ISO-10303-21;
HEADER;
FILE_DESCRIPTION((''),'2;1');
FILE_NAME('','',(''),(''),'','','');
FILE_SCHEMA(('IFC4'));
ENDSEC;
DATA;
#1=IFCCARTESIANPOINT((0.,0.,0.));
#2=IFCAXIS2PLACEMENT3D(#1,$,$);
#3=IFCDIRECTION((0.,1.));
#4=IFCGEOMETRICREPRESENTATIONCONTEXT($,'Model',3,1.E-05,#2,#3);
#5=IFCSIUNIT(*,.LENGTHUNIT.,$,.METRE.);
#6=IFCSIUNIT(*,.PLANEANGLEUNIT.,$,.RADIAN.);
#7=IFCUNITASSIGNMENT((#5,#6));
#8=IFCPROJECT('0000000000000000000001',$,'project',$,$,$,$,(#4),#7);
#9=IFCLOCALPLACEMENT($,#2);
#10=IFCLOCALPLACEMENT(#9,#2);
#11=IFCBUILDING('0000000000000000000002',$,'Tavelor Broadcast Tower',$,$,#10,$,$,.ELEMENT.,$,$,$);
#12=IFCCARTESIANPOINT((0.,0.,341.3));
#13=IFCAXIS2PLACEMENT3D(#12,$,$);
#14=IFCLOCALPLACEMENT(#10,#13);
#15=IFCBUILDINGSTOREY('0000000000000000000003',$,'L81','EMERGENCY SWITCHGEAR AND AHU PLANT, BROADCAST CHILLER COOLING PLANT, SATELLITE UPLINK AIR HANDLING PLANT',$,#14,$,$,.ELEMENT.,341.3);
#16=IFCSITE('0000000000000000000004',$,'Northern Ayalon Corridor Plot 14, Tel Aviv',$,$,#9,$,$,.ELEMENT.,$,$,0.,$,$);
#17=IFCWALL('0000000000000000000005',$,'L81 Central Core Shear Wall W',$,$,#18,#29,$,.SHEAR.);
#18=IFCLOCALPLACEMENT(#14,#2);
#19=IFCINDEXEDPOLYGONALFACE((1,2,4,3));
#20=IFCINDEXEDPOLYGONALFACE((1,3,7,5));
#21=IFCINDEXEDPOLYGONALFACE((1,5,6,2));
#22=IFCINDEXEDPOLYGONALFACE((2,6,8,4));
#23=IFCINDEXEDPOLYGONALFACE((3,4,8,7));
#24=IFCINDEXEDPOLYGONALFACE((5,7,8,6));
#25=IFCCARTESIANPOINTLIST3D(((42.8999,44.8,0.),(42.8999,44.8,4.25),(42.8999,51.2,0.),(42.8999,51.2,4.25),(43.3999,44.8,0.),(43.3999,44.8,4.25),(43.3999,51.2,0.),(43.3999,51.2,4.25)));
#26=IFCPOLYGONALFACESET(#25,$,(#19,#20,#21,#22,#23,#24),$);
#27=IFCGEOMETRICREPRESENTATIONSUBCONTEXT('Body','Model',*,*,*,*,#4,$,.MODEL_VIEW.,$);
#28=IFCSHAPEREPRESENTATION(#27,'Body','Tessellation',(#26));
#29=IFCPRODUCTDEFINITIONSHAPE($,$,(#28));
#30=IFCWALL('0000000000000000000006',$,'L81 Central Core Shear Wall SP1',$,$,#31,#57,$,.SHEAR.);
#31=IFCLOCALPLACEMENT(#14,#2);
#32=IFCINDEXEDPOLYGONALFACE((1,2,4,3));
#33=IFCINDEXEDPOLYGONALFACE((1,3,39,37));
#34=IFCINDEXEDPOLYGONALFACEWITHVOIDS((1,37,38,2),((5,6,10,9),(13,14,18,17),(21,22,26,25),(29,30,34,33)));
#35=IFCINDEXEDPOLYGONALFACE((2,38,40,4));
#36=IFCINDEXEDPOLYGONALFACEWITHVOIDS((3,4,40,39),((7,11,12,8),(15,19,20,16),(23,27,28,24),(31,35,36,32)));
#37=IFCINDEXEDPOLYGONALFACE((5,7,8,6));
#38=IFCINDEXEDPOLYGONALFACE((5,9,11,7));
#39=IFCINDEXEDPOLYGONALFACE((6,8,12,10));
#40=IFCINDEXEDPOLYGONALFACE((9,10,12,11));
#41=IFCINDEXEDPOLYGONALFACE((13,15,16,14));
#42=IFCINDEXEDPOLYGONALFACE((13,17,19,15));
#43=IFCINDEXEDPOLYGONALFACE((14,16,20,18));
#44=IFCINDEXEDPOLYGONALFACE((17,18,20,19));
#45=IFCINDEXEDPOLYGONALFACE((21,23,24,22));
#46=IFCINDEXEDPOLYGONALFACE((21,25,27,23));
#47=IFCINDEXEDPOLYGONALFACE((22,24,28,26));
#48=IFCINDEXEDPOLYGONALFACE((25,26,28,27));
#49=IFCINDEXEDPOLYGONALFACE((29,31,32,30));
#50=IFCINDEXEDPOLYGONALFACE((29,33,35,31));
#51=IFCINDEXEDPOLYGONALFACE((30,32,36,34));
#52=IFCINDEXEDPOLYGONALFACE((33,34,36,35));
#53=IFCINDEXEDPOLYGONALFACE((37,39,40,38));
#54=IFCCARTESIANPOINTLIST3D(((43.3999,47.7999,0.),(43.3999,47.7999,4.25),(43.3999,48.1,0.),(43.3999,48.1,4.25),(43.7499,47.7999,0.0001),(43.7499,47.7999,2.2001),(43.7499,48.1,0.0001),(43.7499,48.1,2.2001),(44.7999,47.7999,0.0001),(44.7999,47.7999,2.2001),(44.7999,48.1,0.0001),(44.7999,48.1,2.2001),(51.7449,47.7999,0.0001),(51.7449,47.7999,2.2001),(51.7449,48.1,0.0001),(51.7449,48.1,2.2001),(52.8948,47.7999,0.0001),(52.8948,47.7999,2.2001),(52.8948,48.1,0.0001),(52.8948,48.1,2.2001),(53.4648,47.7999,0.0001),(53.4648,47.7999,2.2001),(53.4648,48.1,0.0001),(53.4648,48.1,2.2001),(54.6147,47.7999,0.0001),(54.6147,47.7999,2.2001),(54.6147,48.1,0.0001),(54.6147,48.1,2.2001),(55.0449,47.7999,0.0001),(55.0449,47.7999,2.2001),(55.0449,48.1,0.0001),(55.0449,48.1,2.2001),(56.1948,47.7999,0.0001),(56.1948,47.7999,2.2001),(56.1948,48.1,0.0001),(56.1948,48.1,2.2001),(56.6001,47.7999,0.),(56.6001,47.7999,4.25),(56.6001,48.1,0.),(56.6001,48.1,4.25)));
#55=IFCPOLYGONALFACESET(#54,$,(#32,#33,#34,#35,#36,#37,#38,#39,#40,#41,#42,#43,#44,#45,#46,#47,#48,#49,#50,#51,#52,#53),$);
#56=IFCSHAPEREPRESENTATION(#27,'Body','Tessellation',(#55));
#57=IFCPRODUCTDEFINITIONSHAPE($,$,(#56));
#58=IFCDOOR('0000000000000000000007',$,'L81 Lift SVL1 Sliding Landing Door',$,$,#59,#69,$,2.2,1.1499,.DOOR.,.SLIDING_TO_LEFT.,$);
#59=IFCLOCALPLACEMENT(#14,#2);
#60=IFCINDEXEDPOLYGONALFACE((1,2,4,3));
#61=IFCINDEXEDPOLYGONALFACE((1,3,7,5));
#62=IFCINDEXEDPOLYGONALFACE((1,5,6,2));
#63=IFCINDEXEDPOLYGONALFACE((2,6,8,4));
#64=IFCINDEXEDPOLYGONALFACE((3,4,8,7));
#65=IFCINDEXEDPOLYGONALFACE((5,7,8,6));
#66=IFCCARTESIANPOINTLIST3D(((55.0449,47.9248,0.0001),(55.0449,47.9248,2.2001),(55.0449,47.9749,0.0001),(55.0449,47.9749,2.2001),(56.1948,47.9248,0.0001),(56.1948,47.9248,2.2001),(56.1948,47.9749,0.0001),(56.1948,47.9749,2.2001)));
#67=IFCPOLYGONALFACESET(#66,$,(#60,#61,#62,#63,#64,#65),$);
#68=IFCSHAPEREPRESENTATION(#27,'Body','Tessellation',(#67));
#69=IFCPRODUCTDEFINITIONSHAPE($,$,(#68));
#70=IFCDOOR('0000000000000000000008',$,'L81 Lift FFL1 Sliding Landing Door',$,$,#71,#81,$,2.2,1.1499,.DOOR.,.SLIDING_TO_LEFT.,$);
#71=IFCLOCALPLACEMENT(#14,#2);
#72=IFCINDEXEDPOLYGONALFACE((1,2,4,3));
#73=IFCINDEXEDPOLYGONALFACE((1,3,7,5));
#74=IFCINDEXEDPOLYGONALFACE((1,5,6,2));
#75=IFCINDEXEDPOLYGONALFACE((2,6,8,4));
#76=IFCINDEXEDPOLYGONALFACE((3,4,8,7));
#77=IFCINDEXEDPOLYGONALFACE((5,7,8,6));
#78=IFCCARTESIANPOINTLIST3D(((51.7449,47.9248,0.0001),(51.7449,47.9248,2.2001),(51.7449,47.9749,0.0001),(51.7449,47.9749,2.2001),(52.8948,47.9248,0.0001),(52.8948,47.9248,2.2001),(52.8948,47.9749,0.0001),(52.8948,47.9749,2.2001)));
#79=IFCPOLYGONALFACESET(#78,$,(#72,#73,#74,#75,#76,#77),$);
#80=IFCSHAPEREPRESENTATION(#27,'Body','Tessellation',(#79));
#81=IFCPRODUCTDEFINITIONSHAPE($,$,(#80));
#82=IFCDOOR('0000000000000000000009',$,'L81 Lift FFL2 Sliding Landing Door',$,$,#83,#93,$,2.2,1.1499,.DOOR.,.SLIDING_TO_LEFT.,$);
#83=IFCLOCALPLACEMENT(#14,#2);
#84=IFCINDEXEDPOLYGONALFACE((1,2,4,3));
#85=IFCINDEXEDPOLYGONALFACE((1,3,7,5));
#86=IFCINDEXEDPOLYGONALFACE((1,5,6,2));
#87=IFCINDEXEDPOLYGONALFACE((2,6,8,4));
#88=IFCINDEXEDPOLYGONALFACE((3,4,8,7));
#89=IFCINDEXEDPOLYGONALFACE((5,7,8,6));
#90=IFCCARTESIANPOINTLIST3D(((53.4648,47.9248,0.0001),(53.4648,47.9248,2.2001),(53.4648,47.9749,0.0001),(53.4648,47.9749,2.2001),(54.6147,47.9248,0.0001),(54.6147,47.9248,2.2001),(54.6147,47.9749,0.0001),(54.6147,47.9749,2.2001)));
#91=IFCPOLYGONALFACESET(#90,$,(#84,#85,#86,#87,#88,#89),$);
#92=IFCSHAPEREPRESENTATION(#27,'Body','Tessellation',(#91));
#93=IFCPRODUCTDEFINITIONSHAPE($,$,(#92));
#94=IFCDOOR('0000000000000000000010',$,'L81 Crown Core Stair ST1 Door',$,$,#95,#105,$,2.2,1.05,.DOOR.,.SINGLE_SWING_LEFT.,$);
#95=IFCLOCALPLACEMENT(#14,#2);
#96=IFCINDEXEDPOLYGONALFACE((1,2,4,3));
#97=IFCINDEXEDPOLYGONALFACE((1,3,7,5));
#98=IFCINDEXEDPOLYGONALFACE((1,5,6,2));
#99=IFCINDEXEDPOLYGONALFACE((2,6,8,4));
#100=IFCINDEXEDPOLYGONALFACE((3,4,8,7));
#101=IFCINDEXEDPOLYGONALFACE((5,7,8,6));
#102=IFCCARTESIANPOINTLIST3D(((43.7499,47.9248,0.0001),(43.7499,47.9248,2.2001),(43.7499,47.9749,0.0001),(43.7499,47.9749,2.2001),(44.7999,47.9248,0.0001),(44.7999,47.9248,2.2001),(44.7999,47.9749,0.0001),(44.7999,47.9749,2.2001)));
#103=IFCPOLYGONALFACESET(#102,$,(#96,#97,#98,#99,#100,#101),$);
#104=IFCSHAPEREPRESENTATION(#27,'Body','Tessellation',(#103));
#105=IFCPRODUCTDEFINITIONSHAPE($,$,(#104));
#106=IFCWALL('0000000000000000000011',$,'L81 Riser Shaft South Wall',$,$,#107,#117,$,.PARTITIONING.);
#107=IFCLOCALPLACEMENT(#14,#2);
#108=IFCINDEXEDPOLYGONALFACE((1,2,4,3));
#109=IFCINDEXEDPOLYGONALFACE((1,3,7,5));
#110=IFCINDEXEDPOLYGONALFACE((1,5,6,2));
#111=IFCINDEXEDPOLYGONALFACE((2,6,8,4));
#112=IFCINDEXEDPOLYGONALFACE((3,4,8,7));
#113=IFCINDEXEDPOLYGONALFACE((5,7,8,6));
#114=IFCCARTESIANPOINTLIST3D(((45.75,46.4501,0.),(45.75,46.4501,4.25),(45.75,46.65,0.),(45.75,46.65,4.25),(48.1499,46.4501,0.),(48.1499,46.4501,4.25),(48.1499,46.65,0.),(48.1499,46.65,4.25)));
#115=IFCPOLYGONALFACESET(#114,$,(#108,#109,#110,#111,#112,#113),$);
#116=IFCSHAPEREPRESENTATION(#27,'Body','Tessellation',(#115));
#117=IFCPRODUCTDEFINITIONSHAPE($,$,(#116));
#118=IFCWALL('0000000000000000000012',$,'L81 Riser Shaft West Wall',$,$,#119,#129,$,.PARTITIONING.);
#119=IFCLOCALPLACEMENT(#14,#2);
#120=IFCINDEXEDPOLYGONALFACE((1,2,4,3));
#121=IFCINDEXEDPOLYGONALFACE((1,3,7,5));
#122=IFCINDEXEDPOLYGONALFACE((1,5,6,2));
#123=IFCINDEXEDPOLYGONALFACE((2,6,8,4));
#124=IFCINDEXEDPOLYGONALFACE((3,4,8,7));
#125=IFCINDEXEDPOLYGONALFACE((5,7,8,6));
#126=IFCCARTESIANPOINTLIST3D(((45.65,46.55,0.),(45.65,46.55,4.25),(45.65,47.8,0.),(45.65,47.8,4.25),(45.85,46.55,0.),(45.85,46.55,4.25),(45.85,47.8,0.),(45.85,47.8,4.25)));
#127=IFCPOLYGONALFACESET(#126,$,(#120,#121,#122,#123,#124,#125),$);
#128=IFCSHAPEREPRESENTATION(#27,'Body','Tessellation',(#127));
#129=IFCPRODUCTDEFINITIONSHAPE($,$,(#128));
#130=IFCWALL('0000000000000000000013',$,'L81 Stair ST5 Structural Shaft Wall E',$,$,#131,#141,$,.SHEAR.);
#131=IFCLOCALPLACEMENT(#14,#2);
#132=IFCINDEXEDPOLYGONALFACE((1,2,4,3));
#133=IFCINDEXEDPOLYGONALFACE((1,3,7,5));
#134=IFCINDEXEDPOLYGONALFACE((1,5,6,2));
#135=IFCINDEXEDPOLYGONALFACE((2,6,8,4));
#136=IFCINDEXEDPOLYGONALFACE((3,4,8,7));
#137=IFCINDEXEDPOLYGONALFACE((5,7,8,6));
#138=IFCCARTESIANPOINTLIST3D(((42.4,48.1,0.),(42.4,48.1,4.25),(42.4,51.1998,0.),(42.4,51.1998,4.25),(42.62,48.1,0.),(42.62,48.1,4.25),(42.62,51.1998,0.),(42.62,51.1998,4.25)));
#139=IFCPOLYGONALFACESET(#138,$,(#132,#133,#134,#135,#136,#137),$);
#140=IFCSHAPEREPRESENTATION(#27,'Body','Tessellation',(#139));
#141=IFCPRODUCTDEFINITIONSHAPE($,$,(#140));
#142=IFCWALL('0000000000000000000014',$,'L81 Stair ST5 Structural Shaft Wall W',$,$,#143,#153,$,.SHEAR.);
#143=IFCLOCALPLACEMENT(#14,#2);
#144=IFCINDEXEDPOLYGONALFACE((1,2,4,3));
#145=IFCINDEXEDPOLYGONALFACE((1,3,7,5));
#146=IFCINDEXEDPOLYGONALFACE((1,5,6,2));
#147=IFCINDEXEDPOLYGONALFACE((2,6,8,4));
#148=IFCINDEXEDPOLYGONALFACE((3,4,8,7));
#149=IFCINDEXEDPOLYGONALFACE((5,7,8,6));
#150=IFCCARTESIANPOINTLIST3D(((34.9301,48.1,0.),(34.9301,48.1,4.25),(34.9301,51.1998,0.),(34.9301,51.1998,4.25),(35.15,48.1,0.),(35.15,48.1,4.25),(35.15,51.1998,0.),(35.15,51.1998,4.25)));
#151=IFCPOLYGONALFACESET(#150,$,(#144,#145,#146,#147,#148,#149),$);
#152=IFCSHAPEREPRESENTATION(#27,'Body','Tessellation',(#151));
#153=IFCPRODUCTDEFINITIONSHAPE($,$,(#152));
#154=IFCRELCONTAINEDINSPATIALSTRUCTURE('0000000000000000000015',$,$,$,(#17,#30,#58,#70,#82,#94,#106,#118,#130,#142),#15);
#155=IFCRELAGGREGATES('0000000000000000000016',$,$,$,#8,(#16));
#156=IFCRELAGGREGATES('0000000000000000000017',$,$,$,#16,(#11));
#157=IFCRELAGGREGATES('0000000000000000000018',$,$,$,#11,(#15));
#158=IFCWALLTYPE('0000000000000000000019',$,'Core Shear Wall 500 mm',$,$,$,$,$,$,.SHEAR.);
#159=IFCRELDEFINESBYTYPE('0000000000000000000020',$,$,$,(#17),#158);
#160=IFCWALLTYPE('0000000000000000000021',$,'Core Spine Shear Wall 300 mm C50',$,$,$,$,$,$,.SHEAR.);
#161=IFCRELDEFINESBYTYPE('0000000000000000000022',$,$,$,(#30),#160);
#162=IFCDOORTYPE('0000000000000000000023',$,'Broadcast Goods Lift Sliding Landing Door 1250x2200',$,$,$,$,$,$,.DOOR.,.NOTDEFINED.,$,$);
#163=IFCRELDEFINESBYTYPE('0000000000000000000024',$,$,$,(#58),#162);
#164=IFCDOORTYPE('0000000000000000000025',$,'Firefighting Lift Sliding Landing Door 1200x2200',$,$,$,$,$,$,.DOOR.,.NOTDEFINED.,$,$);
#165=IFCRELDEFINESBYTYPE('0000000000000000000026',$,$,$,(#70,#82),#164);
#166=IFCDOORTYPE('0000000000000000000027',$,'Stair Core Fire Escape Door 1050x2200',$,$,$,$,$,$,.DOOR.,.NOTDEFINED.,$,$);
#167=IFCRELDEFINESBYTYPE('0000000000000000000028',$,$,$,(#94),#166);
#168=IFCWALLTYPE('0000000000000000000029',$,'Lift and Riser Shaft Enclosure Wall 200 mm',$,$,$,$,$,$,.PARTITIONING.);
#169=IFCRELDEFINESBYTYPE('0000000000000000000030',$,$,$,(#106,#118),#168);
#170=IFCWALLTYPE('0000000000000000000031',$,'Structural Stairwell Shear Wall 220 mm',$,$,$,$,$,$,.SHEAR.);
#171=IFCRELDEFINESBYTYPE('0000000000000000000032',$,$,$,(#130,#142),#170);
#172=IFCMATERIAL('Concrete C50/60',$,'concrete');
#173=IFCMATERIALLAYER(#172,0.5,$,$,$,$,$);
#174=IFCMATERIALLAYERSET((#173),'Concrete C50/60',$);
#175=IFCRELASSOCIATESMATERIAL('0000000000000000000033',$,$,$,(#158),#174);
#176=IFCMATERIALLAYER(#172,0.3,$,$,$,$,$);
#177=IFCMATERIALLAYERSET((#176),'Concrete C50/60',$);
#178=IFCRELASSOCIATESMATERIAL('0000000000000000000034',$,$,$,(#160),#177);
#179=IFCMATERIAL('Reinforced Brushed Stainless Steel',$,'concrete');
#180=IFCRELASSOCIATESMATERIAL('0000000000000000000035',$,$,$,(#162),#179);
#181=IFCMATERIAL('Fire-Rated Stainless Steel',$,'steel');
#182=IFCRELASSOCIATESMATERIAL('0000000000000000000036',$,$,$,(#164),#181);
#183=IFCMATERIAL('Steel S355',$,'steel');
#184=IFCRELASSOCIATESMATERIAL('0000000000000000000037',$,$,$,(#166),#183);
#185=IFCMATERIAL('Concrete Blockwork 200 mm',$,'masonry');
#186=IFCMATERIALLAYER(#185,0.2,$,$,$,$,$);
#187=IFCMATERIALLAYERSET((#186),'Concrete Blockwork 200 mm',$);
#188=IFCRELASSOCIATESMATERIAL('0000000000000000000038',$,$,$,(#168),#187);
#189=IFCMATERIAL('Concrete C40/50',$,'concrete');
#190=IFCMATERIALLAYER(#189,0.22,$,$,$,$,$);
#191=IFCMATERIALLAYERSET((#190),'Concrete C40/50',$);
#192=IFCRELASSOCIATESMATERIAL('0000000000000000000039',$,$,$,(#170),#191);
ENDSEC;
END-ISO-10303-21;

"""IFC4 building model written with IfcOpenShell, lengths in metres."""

from ifc_helpers import new_model, si_unit, direction, frame, frame_2d, origin, place, context, subcontext, project, spatial, rectangle, extrude, material, layer, layer_set, type_object, element, fill, save


model = new_model("IFC4")

# Units and contexts
model_context = context("Model", 3, precision=1e-05, world=origin(), true_north=direction((0.0, 1.0)))
body_context = subcontext(model_context, "Body", "Model", "MODEL_VIEW")
ifc_project = project(units=[si_unit("LENGTHUNIT", "METRE"), si_unit("PLANEANGLEUNIT", "RADIAN")], contexts=[model_context])

# Site, building, storey
site_placement = place(None, origin())
site = spatial("IfcSite", under=ifc_project, at=site_placement, Name="Northern Ayalon Corridor Plot 14, Tel Aviv", CompositionType="ELEMENT", RefElevation=0.0)
building_placement = place(site_placement, origin())
building = spatial("IfcBuilding", under=site, at=building_placement, Name="Tavelor Broadcast Tower", CompositionType="ELEMENT")
storey_placement = place(building_placement, frame((0.0, 0.0, 341.3)))
storey = spatial("IfcBuildingStorey", under=building, at=storey_placement, Name="L81", Description="EMERGENCY SWITCHGEAR AND AHU PLANT, BROADCAST CHILLER COOLING PLANT, SATELLITE UPLINK AIR HANDLING PLANT", CompositionType="ELEMENT", Elevation=341.3)

# Shared definitions
ifc_material_1 = material(Name="Concrete C50/60", Category="concrete")

# Shared definitions
ifc_material_2 = material(Name="Concrete C40/50", Category="concrete")
ifc_material_3 = material(Name="Steel S355", Category="steel")

# Wall
ifc_layer_1 = layer(ifc_material_1, 0.5)
ifc_layer_set_1 = layer_set([ifc_layer_1], Name="Concrete C50/60")
wall_type_1 = type_object("IfcWallType", Name="Core Shear Wall 500 mm", PredefinedType="SHEAR", material=ifc_layer_set_1)
wall_1_placement = place(storey_placement, frame((43.1499, 44.8, 0.0), z_axis=(0.0, 0.0, 1.0), x_axis=(0.0, 1.0, 0.0)))
element("IfcWall", 1, at=wall_1_placement, inside=storey, type_object=wall_type_1, Name="L81 Central Core Shear Wall W", PredefinedType="SHEAR", context=body_context, shape_type="SweptSolid", body=[
    extrude(rectangle(XDim=6.3999, YDim=0.5, at=frame_2d((3.2, 0.0))), origin(), (0.0, 0.0, 1.0), 4.25),
])

# Wall, openings, doors
ifc_layer_2 = layer(ifc_material_1, 0.3)
ifc_layer_set_2 = layer_set([ifc_layer_2], Name="Concrete C50/60")
wall_type_2 = type_object("IfcWallType", Name="Core Spine Shear Wall 300 mm C50", PredefinedType="SHEAR", material=ifc_layer_set_2)
wall_2_placement = place(storey_placement, frame((43.3999, 47.95, 0.0), z_axis=(0.0, 0.0, 1.0), x_axis=(1.0, 0.0, 0.0)))
wall_2 = element("IfcWall", 2, at=wall_2_placement, inside=storey, type_object=wall_type_2, Name="L81 Central Core Shear Wall SP1", PredefinedType="SHEAR", context=body_context, shape_type="SweptSolid", body=[
    extrude(rectangle(XDim=13.2002, YDim=0.3, at=frame_2d((6.6001, 0.0))), origin(), (0.0, 0.0, 1.0), 4.25),
])
opening_1_placement = place(wall_2_placement, frame((0.3501, 0.0, 0.0)))
opening_1 = element("IfcOpeningElement", 3, at=opening_1_placement, cuts=wall_2, PredefinedType="OPENING", context=body_context, shape_type="SweptSolid", body=[
    extrude(rectangle(XDim=1.05, YDim=2.2, at=frame_2d((0.5249, 1.1001))), frame((0.0, 0.1602, 0.0), z_axis=(0.0, -1.0, 0.0), x_axis=(1.0, 0.0, 0.0)), (0.0, 0.0, 1.0), 0.3201),
])
opening_2_placement = place(wall_2_placement, frame((8.345, 0.0, 0.0)))
opening_2 = element("IfcOpeningElement", 4, at=opening_2_placement, cuts=wall_2, PredefinedType="OPENING", context=body_context, shape_type="SweptSolid", body=[
    extrude(rectangle(XDim=1.1499, YDim=2.2, at=frame_2d((0.575, 1.1001))), frame((0.0, 0.1602, 0.0), z_axis=(0.0, -1.0, 0.0), x_axis=(1.0, 0.0, 0.0)), (0.0, 0.0, 1.0), 0.3201),
])
opening_3_placement = place(wall_2_placement, frame((10.0649, 0.0, 0.0)))
opening_3 = element("IfcOpeningElement", 5, at=opening_3_placement, cuts=wall_2, PredefinedType="OPENING", context=body_context, shape_type="SweptSolid", body=[
    extrude(rectangle(XDim=1.1499, YDim=2.2, at=frame_2d((0.575, 1.1001))), frame((0.0, 0.1602, 0.0), z_axis=(0.0, -1.0, 0.0), x_axis=(1.0, 0.0, 0.0)), (0.0, 0.0, 1.0), 0.3201),
])
opening_4_placement = place(wall_2_placement, frame((11.645, 0.0, 0.0)))
opening_4 = element("IfcOpeningElement", 6, at=opening_4_placement, cuts=wall_2, PredefinedType="OPENING", context=body_context, shape_type="SweptSolid", body=[
    extrude(rectangle(XDim=1.1499, YDim=2.2, at=frame_2d((0.575, 1.1001))), frame((0.0, 0.1602, 0.0), z_axis=(0.0, -1.0, 0.0), x_axis=(1.0, 0.0, 0.0)), (0.0, 0.0, 1.0), 0.3201),
])
ifc_material_4 = material(Name="Reinforced Brushed Stainless Steel", Category="concrete")
door_type_1 = type_object("IfcDoorType", Name="Broadcast Goods Lift Sliding Landing Door 1250x2200", OperationType="NOTDEFINED", PredefinedType="DOOR", material=ifc_material_4)
door_1_placement = place(opening_4_placement, origin())
door_1 = element("IfcDoor", 7, at=door_1_placement, inside=storey, type_object=door_type_1, Name="L81 Lift SVL1 Sliding Landing Door", OperationType="SLIDING_TO_LEFT", OverallHeight=2.2, OverallWidth=1.1499, PredefinedType="DOOR", context=body_context, shape_type="SweptSolid", body=[
    extrude(rectangle(XDim=1.1499, YDim=2.2, at=frame_2d((0.575, 1.1001))), frame((0.0, 0.0249, 0.0), z_axis=(0.0, -1.0, 0.0), x_axis=(1.0, 0.0, 0.0)), (0.0, 0.0, 1.0), 0.05),
])
fill(opening_4, door_1)
ifc_material_5 = material(Name="Fire-Rated Stainless Steel", Category="steel")
door_type_2 = type_object("IfcDoorType", Name="Firefighting Lift Sliding Landing Door 1200x2200", OperationType="NOTDEFINED", PredefinedType="DOOR", material=ifc_material_5)
door_2_placement = place(opening_2_placement, origin())
door_2 = element("IfcDoor", 8, at=door_2_placement, inside=storey, type_object=door_type_2, Name="L81 Lift FFL1 Sliding Landing Door", OperationType="SLIDING_TO_LEFT", OverallHeight=2.2, OverallWidth=1.1499, PredefinedType="DOOR", context=body_context, shape_type="SweptSolid", body=[
    extrude(rectangle(XDim=1.1499, YDim=2.2, at=frame_2d((0.575, 1.1001))), frame((0.0, 0.0249, 0.0), z_axis=(0.0, -1.0, 0.0), x_axis=(1.0, 0.0, 0.0)), (0.0, 0.0, 1.0), 0.05),
])
fill(opening_2, door_2)
door_3_placement = place(opening_3_placement, origin())
door_3 = element("IfcDoor", 9, at=door_3_placement, inside=storey, type_object=door_type_2, Name="L81 Lift FFL2 Sliding Landing Door", OperationType="SLIDING_TO_LEFT", OverallHeight=2.2, OverallWidth=1.1499, PredefinedType="DOOR", context=body_context, shape_type="SweptSolid", body=[
    extrude(rectangle(XDim=1.1499, YDim=2.2, at=frame_2d((0.575, 1.1001))), frame((0.0, 0.0249, 0.0), z_axis=(0.0, -1.0, 0.0), x_axis=(1.0, 0.0, 0.0)), (0.0, 0.0, 1.0), 0.05),
])
fill(opening_3, door_3)
door_type_3 = type_object("IfcDoorType", Name="Stair Core Fire Escape Door 1050x2200", OperationType="NOTDEFINED", PredefinedType="DOOR", material=ifc_material_3)
door_4_placement = place(opening_1_placement, origin())
door_4 = element("IfcDoor", 10, at=door_4_placement, inside=storey, type_object=door_type_3, Name="L81 Crown Core Stair ST1 Door", OperationType="SINGLE_SWING_LEFT", OverallHeight=2.2, OverallWidth=1.05, PredefinedType="DOOR", context=body_context, shape_type="SweptSolid", body=[
    extrude(rectangle(XDim=1.05, YDim=2.2, at=frame_2d((0.5249, 1.1001))), frame((0.0, 0.0249, 0.0), z_axis=(0.0, -1.0, 0.0), x_axis=(1.0, 0.0, 0.0)), (0.0, 0.0, 1.0), 0.05),
])
fill(opening_1, door_4)

# Walls
ifc_material_6 = material(Name="Concrete Blockwork 200 mm", Category="masonry")
ifc_layer_3 = layer(ifc_material_6, 0.2)
ifc_layer_set_3 = layer_set([ifc_layer_3], Name="Concrete Blockwork 200 mm")
wall_type_3 = type_object("IfcWallType", Name="Lift and Riser Shaft Enclosure Wall 200 mm", PredefinedType="PARTITIONING", material=ifc_layer_set_3)
wall_3_placement = place(storey_placement, frame((45.75, 46.55, 0.0), z_axis=(0.0, 0.0, 1.0), x_axis=(1.0, 0.0, 0.0)))
element("IfcWall", 11, at=wall_3_placement, inside=storey, type_object=wall_type_3, Name="L81 Riser Shaft South Wall", PredefinedType="PARTITIONING", context=body_context, shape_type="SweptSolid", body=[
    extrude(rectangle(XDim=2.3999, YDim=0.2, at=frame_2d((1.2, 0.0))), origin(), (0.0, 0.0, 1.0), 4.25),
])
wall_4_placement = place(storey_placement, frame((45.75, 46.55, 0.0), z_axis=(0.0, 0.0, 1.0), x_axis=(0.0, 1.0, 0.0)))
element("IfcWall", 12, at=wall_4_placement, inside=storey, type_object=wall_type_3, Name="L81 Riser Shaft West Wall", PredefinedType="PARTITIONING", context=body_context, shape_type="SweptSolid", body=[
    extrude(rectangle(XDim=1.25, YDim=0.2, at=frame_2d((0.625, 0.0))), origin(), (0.0, 0.0, 1.0), 4.25),
])
ifc_layer_4 = layer(ifc_material_2, 0.22)
ifc_layer_set_4 = layer_set([ifc_layer_4], Name="Concrete C40/50")
wall_type_4 = type_object("IfcWallType", Name="Structural Stairwell Shear Wall 220 mm", PredefinedType="SHEAR", material=ifc_layer_set_4)
for number, where, z_axis, x_axis, name in (
    (13, (42.51, 48.1001, 0.0), (0.0, 0.0, 1.0), (0.0, 1.0, 0.0), "L81 Stair ST5 Structural Shaft Wall E"),
    (14, (35.04, 48.1001, 0.0), (0.0, 0.0, 1.0), (0.0, 1.0, 0.0), "L81 Stair ST5 Structural Shaft Wall W"),
):
    element("IfcWall", number, at=place(storey_placement, frame(where, z_axis=z_axis, x_axis=x_axis)), inside=storey, type_object=wall_type_4, Name=name, PredefinedType="SHEAR", context=body_context, shape_type="SweptSolid", body=[
        extrude(rectangle(XDim=3.0999, YDim=0.22, at=frame_2d((1.5498, 0.0))), origin(), (0.0, 0.0, 1.0), 4.25),
    ])

save(model, "model.ifc")
